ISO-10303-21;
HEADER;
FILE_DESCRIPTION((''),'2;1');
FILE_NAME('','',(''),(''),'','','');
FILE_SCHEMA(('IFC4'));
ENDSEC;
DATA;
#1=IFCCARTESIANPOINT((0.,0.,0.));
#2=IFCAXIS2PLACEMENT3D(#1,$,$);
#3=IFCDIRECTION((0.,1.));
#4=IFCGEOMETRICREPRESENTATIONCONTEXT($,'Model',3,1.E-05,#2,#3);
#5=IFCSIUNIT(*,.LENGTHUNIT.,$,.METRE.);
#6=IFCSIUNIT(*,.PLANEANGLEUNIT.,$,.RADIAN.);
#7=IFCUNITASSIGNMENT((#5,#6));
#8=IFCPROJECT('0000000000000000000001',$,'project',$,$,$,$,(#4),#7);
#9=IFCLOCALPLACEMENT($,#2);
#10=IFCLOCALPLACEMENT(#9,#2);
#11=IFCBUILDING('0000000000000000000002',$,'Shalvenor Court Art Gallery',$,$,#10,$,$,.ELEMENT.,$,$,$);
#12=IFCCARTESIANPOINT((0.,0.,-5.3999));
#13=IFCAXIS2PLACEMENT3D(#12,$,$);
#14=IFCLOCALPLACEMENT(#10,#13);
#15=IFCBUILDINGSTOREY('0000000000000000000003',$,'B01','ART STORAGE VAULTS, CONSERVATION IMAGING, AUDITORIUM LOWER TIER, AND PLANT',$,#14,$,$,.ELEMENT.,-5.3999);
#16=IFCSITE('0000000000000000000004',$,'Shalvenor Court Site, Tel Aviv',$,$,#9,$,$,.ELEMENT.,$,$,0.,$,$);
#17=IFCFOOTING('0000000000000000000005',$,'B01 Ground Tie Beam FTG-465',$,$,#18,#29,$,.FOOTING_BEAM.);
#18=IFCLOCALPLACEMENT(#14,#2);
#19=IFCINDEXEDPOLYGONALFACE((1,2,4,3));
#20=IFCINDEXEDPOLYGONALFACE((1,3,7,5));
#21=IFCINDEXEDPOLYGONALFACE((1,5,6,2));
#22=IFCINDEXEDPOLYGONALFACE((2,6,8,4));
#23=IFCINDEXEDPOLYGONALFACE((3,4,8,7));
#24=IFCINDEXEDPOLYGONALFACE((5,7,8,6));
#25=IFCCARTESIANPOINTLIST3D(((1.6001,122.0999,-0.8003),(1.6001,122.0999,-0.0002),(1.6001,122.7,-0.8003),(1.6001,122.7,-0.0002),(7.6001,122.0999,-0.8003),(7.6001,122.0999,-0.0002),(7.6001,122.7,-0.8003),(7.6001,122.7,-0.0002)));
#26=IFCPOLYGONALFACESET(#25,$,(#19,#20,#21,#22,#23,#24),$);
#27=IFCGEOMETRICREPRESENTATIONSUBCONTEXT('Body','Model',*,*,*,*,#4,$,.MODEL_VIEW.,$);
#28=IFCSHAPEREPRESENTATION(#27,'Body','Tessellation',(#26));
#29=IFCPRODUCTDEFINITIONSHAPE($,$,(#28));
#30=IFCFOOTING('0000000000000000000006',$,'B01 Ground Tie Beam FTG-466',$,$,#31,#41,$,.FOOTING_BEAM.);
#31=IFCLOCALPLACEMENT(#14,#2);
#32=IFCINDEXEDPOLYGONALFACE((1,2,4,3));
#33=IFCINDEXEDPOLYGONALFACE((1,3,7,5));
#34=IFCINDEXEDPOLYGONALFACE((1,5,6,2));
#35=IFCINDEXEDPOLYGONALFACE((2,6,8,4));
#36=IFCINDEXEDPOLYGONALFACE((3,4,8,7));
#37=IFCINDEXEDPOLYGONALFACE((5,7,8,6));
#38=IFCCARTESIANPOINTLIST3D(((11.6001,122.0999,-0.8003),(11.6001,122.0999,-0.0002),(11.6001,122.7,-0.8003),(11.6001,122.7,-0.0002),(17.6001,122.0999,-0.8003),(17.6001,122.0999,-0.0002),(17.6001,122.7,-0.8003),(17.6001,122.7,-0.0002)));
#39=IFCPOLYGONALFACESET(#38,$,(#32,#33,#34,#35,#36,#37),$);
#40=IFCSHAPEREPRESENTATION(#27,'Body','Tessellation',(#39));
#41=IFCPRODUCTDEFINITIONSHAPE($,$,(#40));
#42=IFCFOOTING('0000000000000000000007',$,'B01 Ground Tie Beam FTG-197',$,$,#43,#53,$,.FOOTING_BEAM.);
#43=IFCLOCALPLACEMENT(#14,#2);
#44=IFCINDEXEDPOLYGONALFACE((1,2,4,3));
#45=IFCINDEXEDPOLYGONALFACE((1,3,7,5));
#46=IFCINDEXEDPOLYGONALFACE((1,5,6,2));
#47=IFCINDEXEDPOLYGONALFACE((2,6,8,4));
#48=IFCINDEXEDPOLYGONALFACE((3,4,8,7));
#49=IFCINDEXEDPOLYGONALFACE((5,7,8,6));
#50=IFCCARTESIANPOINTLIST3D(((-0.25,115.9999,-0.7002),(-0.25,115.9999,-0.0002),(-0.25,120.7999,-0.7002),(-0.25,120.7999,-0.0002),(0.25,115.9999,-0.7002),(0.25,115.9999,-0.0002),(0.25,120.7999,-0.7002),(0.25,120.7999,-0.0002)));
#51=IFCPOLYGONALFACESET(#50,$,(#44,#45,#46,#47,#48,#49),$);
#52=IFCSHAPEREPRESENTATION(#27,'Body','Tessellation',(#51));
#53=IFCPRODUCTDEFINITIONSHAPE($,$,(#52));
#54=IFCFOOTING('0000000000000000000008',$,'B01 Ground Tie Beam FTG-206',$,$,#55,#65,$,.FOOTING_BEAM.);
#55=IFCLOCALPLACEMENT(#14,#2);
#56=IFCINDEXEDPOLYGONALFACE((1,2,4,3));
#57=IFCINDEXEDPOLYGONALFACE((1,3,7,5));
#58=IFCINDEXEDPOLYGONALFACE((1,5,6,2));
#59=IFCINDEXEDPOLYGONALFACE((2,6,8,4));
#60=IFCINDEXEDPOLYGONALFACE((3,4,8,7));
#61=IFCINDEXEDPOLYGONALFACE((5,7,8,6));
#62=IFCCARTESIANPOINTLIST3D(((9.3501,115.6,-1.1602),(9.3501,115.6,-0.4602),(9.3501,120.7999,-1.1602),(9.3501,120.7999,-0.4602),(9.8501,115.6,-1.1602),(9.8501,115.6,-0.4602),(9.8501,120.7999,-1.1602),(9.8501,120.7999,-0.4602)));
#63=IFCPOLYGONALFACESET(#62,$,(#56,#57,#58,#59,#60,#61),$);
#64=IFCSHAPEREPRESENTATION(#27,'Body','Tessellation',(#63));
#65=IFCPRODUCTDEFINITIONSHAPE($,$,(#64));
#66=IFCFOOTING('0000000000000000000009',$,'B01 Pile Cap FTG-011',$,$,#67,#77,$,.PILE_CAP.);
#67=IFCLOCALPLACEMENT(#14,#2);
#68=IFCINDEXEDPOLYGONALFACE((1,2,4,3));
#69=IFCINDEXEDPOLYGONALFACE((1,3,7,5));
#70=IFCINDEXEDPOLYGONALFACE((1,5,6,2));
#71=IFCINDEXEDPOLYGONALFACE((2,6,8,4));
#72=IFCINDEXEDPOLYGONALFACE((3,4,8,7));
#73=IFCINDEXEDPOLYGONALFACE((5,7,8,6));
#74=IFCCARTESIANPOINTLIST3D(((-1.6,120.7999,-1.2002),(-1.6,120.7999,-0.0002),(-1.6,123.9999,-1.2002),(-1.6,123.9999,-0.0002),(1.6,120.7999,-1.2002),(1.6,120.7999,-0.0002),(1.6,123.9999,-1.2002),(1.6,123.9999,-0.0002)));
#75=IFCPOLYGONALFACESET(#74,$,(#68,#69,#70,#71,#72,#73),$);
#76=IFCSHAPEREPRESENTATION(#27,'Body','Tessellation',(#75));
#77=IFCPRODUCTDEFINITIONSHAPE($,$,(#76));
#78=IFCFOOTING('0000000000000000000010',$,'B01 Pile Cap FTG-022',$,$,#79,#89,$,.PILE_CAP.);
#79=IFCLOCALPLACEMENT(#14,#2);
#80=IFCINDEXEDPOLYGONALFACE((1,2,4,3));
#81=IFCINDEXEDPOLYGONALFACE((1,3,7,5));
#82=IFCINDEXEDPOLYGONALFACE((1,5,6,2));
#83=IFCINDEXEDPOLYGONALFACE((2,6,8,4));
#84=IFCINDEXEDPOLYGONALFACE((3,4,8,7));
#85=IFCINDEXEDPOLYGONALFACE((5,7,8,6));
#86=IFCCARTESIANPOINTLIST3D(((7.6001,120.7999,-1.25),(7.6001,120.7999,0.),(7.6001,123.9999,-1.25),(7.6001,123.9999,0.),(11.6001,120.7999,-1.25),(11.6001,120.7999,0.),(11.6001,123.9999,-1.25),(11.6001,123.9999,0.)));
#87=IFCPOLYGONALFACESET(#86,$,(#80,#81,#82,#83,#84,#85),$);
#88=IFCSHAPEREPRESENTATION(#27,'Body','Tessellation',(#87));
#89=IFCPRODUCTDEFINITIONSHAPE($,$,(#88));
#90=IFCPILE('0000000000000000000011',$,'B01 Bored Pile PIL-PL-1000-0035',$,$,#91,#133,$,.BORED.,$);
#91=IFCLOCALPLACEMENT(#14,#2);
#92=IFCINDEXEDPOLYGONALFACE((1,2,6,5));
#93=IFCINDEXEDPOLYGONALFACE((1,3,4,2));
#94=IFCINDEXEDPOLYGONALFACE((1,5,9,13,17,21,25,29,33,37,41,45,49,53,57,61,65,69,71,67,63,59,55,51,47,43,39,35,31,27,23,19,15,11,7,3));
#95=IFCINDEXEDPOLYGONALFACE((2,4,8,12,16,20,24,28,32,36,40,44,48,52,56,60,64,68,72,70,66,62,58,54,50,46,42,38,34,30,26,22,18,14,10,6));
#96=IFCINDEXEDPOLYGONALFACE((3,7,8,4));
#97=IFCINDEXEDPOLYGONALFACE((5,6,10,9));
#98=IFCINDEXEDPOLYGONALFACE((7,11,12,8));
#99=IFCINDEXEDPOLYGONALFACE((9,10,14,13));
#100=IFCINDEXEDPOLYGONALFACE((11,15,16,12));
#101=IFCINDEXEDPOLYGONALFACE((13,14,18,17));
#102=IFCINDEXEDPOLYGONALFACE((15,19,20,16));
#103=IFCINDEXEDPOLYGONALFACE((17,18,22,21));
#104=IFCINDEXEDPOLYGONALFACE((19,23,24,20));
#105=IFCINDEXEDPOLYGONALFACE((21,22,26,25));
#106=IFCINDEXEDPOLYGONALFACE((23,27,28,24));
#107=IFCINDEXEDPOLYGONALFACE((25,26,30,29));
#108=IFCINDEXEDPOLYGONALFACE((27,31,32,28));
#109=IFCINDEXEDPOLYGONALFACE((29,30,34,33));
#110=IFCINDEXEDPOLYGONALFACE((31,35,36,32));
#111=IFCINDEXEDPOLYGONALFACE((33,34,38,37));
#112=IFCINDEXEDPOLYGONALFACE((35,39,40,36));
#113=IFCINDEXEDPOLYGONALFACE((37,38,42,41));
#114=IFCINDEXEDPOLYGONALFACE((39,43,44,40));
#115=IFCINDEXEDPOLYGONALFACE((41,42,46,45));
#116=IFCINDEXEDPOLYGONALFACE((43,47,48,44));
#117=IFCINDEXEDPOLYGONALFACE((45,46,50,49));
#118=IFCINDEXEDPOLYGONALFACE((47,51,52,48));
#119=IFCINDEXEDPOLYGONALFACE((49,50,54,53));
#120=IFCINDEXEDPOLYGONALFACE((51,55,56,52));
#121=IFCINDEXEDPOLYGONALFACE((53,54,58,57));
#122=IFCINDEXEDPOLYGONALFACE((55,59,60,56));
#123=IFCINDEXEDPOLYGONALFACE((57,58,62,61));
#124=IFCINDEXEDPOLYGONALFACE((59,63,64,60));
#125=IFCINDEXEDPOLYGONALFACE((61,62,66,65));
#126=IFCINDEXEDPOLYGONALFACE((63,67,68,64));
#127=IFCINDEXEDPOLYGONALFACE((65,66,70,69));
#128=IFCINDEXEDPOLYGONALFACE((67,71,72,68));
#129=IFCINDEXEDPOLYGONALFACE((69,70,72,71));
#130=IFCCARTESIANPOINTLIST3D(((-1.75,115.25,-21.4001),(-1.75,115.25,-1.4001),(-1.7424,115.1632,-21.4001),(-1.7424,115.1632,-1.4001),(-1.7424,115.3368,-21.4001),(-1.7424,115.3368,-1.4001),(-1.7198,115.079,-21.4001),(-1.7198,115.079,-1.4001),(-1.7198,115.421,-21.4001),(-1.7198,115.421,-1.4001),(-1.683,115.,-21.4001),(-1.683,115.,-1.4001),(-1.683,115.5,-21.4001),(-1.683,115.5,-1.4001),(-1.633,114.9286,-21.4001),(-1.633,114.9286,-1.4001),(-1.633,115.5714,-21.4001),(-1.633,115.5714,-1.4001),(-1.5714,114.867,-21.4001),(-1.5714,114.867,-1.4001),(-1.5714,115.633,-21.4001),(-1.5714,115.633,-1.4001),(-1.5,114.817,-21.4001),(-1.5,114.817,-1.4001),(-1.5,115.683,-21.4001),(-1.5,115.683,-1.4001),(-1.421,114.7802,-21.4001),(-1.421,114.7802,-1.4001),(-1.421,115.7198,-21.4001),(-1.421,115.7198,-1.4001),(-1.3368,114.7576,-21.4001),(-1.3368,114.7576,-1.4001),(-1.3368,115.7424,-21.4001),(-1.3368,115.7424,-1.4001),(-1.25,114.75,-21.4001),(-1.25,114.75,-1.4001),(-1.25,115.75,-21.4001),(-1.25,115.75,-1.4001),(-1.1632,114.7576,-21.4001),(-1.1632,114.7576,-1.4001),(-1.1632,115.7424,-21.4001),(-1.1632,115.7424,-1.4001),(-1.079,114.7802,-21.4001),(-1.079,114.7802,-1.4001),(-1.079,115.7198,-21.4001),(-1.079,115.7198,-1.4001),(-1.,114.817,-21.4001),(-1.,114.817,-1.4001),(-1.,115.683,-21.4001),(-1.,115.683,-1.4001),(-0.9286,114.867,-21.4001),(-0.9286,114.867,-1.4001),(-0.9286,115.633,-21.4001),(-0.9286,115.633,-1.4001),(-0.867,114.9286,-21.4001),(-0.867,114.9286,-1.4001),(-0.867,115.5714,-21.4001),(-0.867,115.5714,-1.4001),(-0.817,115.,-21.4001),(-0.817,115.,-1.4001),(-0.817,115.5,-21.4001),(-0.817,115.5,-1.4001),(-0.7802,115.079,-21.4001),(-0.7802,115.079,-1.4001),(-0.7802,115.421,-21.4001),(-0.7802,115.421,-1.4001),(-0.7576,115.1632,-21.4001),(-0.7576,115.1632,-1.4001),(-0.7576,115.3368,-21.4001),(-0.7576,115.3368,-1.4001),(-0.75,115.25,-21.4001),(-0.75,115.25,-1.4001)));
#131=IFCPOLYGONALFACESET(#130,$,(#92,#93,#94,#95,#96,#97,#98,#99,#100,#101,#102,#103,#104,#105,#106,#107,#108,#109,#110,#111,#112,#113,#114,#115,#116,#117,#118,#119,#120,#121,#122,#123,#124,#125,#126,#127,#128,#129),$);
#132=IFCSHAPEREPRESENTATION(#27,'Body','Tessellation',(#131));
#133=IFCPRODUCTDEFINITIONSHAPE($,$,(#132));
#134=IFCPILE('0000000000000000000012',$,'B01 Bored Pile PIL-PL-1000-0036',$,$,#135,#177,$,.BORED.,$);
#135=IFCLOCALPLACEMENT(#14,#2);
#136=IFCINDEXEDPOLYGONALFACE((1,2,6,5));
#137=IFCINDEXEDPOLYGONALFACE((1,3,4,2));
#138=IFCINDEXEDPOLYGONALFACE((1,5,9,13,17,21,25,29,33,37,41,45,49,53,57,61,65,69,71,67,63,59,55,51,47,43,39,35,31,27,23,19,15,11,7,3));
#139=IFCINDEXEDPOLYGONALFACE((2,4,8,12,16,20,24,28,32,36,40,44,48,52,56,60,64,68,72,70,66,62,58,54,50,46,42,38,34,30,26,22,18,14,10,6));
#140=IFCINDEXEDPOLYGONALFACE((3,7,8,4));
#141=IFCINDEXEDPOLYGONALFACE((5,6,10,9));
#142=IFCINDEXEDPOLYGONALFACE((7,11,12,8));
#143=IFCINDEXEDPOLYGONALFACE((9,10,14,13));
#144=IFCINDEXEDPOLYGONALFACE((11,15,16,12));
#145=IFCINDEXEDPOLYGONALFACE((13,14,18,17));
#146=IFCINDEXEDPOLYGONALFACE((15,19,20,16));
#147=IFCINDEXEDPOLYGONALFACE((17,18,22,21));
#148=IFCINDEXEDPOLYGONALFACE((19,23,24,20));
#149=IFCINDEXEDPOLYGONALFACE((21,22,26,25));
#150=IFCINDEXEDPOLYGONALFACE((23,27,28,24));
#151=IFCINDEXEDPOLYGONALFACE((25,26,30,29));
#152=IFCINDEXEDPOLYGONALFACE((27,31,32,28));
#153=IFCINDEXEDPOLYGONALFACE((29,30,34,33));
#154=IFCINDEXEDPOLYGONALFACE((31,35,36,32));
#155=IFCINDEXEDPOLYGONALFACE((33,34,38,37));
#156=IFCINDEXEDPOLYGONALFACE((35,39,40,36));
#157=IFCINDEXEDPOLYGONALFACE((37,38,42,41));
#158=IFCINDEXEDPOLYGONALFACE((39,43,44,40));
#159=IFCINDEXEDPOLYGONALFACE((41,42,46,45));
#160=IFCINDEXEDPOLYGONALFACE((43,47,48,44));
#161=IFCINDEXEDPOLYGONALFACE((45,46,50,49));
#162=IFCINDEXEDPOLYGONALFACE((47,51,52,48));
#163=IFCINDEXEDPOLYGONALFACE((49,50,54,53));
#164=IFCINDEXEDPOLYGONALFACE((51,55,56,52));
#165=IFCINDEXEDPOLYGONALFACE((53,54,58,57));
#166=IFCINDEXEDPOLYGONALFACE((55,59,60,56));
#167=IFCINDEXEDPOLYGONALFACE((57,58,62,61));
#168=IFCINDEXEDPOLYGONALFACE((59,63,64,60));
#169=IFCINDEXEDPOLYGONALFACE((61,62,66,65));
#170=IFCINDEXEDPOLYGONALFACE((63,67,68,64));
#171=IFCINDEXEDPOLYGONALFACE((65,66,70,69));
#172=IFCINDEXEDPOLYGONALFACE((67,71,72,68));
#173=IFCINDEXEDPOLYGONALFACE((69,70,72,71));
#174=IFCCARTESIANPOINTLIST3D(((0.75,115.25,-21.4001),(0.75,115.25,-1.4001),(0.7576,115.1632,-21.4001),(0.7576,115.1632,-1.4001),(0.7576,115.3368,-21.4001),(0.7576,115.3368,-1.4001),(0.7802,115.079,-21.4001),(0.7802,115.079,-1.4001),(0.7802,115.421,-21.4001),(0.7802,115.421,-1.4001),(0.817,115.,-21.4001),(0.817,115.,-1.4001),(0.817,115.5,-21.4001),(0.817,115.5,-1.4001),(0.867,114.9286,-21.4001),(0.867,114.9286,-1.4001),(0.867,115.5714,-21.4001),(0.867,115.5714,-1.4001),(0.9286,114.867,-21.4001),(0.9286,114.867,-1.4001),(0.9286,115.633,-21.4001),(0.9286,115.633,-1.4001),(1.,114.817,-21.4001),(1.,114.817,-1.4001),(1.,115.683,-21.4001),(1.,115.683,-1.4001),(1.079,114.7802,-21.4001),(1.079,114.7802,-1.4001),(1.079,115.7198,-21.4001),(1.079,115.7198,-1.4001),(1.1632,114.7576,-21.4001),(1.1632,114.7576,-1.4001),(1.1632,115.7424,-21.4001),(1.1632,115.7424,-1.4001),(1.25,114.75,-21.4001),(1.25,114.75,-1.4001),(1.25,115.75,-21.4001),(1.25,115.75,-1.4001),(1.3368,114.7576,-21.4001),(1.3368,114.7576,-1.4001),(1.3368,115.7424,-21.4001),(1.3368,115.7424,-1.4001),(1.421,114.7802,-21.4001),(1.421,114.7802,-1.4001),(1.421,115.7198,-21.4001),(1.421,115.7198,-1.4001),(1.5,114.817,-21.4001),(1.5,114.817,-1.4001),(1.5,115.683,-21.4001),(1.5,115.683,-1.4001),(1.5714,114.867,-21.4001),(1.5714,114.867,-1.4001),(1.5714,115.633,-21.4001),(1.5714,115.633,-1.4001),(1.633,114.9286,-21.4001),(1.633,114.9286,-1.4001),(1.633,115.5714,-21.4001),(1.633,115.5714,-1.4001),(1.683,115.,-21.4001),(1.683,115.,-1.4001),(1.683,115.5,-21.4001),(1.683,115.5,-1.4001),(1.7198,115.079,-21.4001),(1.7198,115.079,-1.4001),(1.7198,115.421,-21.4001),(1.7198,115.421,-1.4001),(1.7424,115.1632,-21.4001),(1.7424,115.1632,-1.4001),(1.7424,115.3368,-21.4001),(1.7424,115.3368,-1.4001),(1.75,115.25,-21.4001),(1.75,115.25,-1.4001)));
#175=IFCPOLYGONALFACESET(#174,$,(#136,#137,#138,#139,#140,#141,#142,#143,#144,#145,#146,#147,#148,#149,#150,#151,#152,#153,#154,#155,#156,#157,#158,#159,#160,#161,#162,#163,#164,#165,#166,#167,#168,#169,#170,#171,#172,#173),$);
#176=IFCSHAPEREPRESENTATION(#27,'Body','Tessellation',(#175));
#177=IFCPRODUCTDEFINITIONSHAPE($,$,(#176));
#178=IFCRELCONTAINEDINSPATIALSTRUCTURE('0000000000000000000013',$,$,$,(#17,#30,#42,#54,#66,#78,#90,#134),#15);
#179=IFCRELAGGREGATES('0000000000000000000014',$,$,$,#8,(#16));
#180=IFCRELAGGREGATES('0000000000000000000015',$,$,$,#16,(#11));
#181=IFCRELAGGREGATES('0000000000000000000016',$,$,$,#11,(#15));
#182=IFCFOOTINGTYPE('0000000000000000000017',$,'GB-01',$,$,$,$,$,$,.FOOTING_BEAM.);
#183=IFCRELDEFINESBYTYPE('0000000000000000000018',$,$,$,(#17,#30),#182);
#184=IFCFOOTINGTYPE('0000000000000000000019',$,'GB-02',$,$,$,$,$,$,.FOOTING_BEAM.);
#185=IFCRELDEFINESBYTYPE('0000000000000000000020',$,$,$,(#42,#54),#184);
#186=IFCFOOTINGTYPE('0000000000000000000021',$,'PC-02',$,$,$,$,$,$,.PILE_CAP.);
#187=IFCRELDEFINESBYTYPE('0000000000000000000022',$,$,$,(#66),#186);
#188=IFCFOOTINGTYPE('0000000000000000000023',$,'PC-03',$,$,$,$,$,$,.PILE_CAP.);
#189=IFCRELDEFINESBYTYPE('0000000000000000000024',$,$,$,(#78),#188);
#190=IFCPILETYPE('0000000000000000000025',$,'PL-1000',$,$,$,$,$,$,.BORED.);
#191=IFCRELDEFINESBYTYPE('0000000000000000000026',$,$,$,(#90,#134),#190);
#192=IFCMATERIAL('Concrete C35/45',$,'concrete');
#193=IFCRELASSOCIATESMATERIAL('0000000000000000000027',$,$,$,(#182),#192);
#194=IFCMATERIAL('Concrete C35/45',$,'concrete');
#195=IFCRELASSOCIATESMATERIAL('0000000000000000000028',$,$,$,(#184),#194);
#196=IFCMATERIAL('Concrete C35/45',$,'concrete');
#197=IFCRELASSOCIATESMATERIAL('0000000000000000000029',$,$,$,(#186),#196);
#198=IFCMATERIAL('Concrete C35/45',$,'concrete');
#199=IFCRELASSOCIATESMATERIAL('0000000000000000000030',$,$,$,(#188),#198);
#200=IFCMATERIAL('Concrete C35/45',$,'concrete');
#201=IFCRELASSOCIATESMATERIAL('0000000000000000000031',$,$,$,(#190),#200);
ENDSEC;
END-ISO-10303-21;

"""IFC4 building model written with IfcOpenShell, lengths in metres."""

from ifc_helpers import new_model, si_unit, direction, frame, origin, origin_2d, place, context, subcontext, project, spatial, rectangle, circle, extrude, material, material_profile, profile_set, type_object, element, save


model = new_model("IFC4")

# Units and contexts
model_context = context("Model", 3, precision=1e-05, world=origin(), true_north=direction((0.0, 1.0)))
body_context = subcontext(model_context, "Body", "Model", "MODEL_VIEW")
ifc_project = project(units=[si_unit("LENGTHUNIT", "METRE"), si_unit("PLANEANGLEUNIT", "RADIAN")], contexts=[model_context])

# Site, building, storey
site_placement = place(None, origin())
site = spatial("IfcSite", under=ifc_project, at=site_placement, Name="Shalvenor Court Site, Tel Aviv", CompositionType="ELEMENT", RefElevation=0.0)
building_placement = place(site_placement, origin())
building = spatial("IfcBuilding", under=site, at=building_placement, Name="Shalvenor Court Art Gallery", CompositionType="ELEMENT")
storey_placement = place(building_placement, frame((0.0, 0.0, -5.3999)))
storey = spatial("IfcBuildingStorey", under=building, at=storey_placement, Name="B01", Description="ART STORAGE VAULTS, CONSERVATION IMAGING, AUDITORIUM LOWER TIER, AND PLANT", CompositionType="ELEMENT", Elevation=-5.3999)

# Footings
ifc_material_1 = material(Name="Concrete C35/45", Category="concrete")
footing_type_1 = type_object("IfcFootingType", Name="GB-01", PredefinedType="FOOTING_BEAM", material=ifc_material_1)
for number, where, z_axis, x_axis, name in (
    (1, (4.6001, 122.3999, -0.8003), (0.0, 0.0, 1.0), (1.0, 0.0, 0.0), "B01 Ground Tie Beam FTG-465"),
    (2, (14.6001, 122.3999, -0.8003), (0.0, 0.0, 1.0), (1.0, 0.0, 0.0), "B01 Ground Tie Beam FTG-466"),
):
    element("IfcFooting", number, at=place(storey_placement, frame(where, z_axis=z_axis, x_axis=x_axis)), inside=storey, type_object=footing_type_1, Name=name, PredefinedType="FOOTING_BEAM", context=body_context, shape_type="SweptSolid", body=[
        extrude(rectangle(XDim=6.0, YDim=0.6001, at=origin_2d()), origin(), (0.0, 0.0, 1.0), 0.8),
    ])
ifc_material_2 = material(Name="Concrete C35/45", Category="concrete")
footing_type_2 = type_object("IfcFootingType", Name="GB-02", PredefinedType="FOOTING_BEAM", material=ifc_material_2)
footing_1_placement = place(storey_placement, frame((0.0, 118.3999, -0.7002), z_axis=(0.0, 0.0, 1.0), x_axis=(0.0, 1.0, 0.0)))
element("IfcFooting", 3, at=footing_1_placement, inside=storey, type_object=footing_type_2, Name="B01 Ground Tie Beam FTG-197", PredefinedType="FOOTING_BEAM", context=body_context, shape_type="SweptSolid", body=[
    extrude(rectangle(XDim=4.8, YDim=0.5, at=origin_2d()), origin(), (0.0, 0.0, 1.0), 0.7),
])
footing_2_placement = place(storey_placement, frame((9.6001, 118.2, -1.1602), z_axis=(0.0, 0.0, 1.0), x_axis=(0.0, 1.0, 0.0)))
element("IfcFooting", 4, at=footing_2_placement, inside=storey, type_object=footing_type_2, Name="B01 Ground Tie Beam FTG-206", PredefinedType="FOOTING_BEAM", context=body_context, shape_type="SweptSolid", body=[
    extrude(rectangle(XDim=5.2, YDim=0.5, at=origin_2d()), origin(), (0.0, 0.0, 1.0), 0.7),
])
ifc_material_3 = material(Name="Concrete C35/45", Category="concrete")
footing_type_3 = type_object("IfcFootingType", Name="PC-02", PredefinedType="PILE_CAP", material=ifc_material_3)
footing_3_placement = place(storey_placement, frame((0.0, 122.3999, -1.2002), z_axis=(0.0, 0.0, 1.0), x_axis=(1.0, 0.0, 0.0)))
element("IfcFooting", 5, at=footing_3_placement, inside=storey, type_object=footing_type_3, Name="B01 Pile Cap FTG-011", PredefinedType="PILE_CAP", context=body_context, shape_type="SweptSolid", body=[
    extrude(rectangle(XDim=3.2, YDim=3.2, at=origin_2d()), origin(), (0.0, 0.0, 1.0), 1.2),
])
ifc_material_4 = material(Name="Concrete C35/45", Category="concrete")
footing_type_4 = type_object("IfcFootingType", Name="PC-03", PredefinedType="PILE_CAP", material=ifc_material_4)
footing_4_placement = place(storey_placement, frame((9.6001, 122.3999, -1.25), z_axis=(0.0, 0.0, 1.0), x_axis=(1.0, 0.0, 0.0)))
element("IfcFooting", 6, at=footing_4_placement, inside=storey, type_object=footing_type_4, Name="B01 Pile Cap FTG-022", PredefinedType="PILE_CAP", context=body_context, shape_type="SweptSolid", body=[
    extrude(rectangle(XDim=4.0, YDim=3.2, at=origin_2d()), origin(), (0.0, 0.0, 1.0), 1.25),
])

# Piles
ifc_material_5 = material(Name="Concrete C35/45", Category="concrete")
ifc_material_profile_1 = material_profile(ifc_material_5, circle(Radius=0.5, at=origin_2d()), Name="PILE 1000")
ifc_profile_set_1 = profile_set([ifc_material_profile_1], Name="Concrete C35/45")
pile_type_1 = type_object("IfcPileType", Name="PL-1000", PredefinedType="BORED", material=ifc_profile_set_1)
for number, where, z_axis, x_axis, name in (
    (7, (-1.25, 115.25, -1.4001), (0.0, 0.0, -1.0), (1.0, 0.0, 0.0), "B01 Bored Pile PIL-PL-1000-0035"),
    (8, (1.25, 115.25, -1.4001), (0.0, 0.0, -1.0), (1.0, 0.0, 0.0), "B01 Bored Pile PIL-PL-1000-0036"),
):
    element("IfcPile", number, at=place(storey_placement, frame(where, z_axis=z_axis, x_axis=x_axis)), inside=storey, type_object=pile_type_1, Name=name, PredefinedType="BORED", context=body_context, shape_type="SweptSolid", body=[
        extrude(circle(Radius=0.5, at=origin_2d()), origin(), (0.0, 0.0, 1.0), 20.0),
    ])

save(model, "model.ifc")
